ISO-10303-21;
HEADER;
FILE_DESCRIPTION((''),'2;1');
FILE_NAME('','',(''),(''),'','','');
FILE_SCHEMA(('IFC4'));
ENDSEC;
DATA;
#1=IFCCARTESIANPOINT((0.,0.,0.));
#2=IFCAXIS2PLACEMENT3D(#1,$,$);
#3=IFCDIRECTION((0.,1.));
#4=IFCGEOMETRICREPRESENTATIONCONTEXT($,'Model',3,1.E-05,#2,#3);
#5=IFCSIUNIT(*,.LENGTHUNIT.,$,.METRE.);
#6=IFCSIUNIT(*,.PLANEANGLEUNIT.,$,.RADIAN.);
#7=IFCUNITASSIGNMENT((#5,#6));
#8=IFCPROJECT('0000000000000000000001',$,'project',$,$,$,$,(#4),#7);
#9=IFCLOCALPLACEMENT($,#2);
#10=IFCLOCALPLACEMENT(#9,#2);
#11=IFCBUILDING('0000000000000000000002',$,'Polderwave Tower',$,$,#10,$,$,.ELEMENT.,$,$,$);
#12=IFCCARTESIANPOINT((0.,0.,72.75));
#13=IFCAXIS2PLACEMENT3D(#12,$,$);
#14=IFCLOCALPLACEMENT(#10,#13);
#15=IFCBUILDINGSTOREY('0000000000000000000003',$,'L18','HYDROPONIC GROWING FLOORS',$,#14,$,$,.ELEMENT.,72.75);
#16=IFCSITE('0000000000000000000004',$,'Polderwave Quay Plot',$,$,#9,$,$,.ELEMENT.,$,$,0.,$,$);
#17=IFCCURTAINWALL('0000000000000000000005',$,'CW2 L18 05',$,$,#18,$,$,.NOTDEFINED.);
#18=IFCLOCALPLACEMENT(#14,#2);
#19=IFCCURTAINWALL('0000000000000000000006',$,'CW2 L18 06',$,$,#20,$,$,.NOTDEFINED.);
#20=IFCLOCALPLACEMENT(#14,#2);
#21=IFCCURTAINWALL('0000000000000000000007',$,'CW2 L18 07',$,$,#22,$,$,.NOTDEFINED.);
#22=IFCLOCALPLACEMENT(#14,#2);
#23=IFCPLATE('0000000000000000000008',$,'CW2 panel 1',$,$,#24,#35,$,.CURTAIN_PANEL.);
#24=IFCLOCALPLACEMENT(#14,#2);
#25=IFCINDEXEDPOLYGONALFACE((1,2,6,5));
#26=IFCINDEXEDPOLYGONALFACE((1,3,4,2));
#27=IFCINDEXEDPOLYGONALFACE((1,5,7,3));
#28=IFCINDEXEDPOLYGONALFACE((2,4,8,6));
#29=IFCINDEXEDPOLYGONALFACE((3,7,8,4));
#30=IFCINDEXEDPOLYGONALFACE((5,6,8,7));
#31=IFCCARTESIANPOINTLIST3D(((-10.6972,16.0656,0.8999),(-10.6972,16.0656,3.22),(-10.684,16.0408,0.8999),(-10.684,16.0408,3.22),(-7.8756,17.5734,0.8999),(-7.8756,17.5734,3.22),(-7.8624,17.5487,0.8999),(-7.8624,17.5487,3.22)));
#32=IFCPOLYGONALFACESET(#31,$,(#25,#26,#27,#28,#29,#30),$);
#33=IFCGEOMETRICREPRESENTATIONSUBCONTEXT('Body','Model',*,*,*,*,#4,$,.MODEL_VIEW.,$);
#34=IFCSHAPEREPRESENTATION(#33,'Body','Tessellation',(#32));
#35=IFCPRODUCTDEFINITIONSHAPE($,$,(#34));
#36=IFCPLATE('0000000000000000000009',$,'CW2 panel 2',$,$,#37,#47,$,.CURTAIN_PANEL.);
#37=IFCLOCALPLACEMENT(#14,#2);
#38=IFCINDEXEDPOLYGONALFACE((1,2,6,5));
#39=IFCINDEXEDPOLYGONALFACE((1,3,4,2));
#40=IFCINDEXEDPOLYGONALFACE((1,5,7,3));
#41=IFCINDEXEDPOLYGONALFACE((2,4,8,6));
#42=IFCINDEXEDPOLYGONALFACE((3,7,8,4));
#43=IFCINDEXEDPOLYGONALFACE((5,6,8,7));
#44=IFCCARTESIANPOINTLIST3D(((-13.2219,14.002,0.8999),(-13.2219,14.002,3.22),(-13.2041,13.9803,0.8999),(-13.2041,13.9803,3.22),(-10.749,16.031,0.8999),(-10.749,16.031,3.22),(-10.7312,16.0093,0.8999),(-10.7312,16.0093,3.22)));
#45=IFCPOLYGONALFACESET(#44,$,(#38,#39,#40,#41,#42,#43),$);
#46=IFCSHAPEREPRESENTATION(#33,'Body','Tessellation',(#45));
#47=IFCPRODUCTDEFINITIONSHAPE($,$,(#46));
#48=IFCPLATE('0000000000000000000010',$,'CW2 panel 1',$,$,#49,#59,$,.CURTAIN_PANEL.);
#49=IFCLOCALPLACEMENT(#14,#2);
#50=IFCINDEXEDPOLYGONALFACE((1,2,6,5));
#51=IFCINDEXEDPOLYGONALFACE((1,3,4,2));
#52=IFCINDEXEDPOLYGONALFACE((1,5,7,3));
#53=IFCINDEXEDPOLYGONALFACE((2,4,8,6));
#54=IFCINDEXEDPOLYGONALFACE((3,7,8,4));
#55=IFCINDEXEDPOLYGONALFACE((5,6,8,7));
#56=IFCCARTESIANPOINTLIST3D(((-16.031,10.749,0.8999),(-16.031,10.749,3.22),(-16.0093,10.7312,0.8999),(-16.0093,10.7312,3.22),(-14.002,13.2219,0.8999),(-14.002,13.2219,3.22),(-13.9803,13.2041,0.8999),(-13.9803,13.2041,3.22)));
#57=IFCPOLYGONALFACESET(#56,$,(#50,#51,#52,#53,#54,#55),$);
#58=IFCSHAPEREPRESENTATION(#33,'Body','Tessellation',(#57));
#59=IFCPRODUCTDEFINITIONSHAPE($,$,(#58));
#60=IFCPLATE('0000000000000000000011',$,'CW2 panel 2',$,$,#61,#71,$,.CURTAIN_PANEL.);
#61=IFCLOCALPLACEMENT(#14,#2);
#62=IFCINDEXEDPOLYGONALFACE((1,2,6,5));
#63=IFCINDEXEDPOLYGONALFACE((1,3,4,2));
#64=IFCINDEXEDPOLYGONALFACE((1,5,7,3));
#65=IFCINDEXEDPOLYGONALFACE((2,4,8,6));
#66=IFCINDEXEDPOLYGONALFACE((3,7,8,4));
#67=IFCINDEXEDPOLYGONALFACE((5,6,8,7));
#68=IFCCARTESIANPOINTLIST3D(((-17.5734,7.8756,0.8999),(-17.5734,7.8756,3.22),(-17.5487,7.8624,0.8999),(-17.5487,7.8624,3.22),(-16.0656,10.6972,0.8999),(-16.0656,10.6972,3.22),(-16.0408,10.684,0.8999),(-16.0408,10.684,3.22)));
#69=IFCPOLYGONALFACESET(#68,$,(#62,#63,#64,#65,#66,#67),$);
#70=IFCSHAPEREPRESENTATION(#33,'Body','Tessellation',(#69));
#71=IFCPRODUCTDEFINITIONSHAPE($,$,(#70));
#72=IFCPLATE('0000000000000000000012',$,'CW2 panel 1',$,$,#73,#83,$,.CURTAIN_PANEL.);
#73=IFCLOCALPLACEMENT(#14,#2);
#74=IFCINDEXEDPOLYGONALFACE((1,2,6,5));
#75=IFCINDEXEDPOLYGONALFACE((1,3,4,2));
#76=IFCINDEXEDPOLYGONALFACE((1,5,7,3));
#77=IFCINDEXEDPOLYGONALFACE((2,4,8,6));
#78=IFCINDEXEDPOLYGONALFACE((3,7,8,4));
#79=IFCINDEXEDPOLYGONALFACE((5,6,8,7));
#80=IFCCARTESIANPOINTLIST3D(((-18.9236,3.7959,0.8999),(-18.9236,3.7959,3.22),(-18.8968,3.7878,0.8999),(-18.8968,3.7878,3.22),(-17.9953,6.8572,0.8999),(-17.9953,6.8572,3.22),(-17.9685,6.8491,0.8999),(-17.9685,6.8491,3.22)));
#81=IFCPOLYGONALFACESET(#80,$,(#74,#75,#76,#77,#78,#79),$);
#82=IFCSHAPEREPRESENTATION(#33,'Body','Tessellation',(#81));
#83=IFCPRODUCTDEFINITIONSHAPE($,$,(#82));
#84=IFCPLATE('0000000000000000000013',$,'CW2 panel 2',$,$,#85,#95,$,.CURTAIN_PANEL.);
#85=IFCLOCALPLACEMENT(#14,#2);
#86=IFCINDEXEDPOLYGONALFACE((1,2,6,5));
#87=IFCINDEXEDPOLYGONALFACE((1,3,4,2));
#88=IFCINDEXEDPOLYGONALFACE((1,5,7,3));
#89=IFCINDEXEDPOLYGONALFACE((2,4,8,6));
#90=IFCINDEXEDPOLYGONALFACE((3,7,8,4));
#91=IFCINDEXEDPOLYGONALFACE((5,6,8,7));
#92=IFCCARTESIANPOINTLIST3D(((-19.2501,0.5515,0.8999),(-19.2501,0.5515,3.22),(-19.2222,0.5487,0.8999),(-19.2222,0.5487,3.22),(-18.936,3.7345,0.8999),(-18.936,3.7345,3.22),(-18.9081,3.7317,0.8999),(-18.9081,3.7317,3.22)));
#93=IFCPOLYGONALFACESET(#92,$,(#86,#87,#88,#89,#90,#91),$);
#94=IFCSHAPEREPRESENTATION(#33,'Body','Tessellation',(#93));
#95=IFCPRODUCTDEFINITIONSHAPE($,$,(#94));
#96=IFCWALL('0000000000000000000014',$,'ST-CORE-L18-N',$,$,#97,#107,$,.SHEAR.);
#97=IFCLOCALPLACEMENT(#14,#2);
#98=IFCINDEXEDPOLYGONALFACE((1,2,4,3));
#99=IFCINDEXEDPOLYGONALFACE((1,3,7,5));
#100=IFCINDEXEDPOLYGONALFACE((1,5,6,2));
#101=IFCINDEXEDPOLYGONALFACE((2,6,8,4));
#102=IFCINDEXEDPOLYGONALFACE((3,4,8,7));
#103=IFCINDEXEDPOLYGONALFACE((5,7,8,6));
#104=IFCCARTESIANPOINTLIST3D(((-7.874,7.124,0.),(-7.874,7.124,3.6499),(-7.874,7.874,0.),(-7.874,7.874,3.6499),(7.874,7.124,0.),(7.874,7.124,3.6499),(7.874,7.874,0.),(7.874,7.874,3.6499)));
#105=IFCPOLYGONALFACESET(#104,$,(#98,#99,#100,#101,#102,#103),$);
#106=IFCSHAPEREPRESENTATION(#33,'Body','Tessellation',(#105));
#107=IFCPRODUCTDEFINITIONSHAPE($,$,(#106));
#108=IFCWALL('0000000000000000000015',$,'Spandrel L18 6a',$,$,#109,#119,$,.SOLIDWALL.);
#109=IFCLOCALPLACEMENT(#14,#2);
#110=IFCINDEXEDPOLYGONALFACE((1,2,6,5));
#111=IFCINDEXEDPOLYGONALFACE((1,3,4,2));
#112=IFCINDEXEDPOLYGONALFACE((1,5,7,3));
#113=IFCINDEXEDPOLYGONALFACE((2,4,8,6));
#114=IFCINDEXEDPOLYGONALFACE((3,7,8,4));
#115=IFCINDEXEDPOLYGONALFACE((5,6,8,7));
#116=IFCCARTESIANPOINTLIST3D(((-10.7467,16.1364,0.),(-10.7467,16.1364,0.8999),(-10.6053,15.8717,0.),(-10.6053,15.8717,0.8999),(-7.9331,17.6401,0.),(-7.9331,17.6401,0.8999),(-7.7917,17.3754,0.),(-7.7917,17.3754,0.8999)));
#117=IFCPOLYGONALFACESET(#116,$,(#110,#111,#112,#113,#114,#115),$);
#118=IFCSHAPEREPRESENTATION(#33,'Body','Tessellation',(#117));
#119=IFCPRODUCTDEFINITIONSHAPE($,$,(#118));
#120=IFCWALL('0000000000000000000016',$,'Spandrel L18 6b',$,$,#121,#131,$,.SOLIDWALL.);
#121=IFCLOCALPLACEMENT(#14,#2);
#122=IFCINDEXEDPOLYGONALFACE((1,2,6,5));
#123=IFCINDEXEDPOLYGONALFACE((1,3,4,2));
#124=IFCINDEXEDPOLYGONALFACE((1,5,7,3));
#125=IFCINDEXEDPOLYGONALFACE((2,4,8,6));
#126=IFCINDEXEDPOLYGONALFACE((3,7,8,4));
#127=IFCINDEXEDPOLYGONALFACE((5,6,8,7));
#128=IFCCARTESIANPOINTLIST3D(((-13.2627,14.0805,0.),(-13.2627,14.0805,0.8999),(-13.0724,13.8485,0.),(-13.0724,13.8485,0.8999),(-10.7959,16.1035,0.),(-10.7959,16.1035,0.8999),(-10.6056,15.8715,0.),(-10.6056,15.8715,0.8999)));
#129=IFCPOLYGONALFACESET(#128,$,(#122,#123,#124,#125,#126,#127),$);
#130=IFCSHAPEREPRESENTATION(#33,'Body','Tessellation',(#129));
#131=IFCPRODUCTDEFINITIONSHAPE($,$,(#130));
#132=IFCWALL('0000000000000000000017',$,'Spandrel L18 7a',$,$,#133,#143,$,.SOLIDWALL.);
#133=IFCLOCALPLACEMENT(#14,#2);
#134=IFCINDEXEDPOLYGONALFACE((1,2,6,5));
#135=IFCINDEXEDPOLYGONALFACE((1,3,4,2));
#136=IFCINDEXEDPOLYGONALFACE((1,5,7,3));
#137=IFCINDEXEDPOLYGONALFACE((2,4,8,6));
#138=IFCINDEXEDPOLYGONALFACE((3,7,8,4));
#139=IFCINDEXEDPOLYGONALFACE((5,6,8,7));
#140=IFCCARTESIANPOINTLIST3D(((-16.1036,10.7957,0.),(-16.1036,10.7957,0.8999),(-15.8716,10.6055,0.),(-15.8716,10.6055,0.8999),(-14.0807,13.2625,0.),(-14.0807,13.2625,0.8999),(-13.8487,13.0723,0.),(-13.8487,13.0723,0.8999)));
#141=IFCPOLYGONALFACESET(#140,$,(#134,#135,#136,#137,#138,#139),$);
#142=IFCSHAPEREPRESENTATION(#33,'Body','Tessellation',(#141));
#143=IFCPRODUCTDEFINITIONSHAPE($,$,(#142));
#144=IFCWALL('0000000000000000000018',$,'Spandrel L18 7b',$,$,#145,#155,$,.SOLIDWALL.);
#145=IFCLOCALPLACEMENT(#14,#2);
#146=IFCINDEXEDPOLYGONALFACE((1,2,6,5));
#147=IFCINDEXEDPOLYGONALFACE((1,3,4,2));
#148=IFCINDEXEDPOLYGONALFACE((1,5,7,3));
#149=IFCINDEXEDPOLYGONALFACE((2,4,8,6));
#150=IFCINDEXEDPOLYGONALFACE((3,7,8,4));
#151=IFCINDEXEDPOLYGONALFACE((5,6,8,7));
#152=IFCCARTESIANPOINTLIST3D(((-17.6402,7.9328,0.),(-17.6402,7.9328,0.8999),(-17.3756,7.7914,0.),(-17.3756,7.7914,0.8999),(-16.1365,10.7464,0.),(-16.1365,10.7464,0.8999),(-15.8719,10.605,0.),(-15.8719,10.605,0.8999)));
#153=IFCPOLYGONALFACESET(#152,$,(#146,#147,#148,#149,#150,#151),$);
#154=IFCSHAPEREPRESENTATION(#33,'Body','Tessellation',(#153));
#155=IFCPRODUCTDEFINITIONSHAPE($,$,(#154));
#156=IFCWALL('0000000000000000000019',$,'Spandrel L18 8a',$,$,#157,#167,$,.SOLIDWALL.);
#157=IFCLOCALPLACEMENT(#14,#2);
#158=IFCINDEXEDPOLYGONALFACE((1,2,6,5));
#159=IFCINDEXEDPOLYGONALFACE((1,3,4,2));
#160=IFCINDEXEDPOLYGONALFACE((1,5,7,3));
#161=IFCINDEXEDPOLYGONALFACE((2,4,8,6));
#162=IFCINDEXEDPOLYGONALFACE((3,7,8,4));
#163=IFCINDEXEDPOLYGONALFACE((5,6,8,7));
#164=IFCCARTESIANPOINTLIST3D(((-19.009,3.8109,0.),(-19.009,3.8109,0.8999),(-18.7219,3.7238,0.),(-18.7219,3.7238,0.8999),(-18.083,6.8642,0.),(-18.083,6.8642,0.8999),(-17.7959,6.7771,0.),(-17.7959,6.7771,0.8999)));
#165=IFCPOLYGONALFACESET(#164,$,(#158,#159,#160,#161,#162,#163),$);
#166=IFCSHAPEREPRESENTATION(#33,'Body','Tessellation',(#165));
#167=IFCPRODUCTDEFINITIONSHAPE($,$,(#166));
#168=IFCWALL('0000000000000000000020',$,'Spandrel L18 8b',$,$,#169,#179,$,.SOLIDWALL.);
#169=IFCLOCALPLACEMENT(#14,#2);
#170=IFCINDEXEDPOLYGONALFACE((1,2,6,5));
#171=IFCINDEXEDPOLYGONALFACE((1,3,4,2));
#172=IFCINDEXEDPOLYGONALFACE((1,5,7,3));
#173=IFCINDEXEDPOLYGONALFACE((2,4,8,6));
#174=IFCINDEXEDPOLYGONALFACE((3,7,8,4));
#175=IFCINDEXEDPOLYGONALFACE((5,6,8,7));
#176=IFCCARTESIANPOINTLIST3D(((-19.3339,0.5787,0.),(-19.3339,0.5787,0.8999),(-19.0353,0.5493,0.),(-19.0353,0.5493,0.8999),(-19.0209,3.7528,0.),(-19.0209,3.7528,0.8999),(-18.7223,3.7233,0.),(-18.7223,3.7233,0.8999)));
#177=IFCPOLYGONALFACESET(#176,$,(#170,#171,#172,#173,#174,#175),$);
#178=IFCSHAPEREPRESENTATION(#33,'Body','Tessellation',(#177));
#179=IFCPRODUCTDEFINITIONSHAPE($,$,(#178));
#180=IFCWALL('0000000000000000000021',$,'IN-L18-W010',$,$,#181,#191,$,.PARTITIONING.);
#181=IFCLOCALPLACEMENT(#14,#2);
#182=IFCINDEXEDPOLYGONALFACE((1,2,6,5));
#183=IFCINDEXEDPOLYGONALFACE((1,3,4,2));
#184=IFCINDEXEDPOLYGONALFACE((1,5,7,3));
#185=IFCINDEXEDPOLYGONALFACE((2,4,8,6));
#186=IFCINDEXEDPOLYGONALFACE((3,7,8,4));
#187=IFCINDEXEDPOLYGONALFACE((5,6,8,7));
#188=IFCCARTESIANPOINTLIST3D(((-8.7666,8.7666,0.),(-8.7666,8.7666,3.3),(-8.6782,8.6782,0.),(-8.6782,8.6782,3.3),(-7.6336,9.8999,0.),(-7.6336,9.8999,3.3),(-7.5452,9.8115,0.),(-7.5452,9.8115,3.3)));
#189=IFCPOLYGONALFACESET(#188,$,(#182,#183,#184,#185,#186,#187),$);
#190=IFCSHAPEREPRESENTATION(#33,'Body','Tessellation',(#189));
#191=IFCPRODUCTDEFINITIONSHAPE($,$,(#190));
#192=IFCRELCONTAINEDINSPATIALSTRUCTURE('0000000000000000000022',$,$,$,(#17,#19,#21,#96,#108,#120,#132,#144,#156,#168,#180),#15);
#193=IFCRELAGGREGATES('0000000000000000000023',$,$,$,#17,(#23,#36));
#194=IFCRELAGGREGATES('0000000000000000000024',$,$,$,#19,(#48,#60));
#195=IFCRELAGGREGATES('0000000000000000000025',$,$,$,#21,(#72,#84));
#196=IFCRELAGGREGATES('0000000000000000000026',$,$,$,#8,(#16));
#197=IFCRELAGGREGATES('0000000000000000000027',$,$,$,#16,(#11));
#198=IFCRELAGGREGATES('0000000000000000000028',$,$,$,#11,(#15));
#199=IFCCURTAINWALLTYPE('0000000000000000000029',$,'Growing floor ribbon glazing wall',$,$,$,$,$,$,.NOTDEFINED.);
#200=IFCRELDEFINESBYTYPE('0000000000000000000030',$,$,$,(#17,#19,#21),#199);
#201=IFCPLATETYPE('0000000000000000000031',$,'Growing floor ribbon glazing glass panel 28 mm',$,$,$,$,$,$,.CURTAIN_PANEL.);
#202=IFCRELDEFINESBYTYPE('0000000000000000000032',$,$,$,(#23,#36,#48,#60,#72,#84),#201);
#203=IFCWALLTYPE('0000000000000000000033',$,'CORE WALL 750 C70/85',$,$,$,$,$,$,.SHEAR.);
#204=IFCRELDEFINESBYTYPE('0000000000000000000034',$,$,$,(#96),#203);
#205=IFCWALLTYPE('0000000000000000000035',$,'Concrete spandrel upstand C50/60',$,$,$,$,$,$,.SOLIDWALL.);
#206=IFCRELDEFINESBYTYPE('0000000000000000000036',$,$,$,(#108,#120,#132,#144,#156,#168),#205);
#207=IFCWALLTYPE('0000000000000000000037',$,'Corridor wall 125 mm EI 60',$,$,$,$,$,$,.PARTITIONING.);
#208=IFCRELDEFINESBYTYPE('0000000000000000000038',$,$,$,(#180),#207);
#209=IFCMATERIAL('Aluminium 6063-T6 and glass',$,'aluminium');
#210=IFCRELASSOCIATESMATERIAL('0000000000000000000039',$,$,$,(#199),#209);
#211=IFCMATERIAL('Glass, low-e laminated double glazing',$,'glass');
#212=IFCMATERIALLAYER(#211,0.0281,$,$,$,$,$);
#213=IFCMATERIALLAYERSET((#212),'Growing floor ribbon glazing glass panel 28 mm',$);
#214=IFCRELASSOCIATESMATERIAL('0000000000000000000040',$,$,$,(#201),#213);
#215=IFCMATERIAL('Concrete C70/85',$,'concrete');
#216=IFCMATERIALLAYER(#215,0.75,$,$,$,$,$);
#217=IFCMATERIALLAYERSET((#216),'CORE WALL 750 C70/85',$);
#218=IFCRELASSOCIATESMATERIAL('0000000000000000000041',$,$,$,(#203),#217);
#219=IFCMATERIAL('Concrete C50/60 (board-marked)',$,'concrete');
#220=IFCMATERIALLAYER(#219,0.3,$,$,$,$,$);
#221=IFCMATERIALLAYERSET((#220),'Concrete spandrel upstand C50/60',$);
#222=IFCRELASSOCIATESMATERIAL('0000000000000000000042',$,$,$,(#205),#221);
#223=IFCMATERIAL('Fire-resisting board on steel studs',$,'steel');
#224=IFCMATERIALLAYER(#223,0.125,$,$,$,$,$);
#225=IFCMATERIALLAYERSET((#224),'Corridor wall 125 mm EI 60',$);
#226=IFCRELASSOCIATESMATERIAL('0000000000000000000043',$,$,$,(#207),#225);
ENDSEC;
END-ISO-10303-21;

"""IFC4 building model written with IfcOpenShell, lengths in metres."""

from ifc_helpers import new_model, si_unit, direction, frame, frame_2d, origin, origin_2d, place, context, subcontext, project, spatial, rectangle, extrude, material, layer, layer_set, type_object, element, aggregate, save


model = new_model("IFC4")

# Units and contexts
model_context = context("Model", 3, precision=1e-05, world=origin(), true_north=direction((0.0, 1.0)))
body_context = subcontext(model_context, "Body", "Model", "MODEL_VIEW")
ifc_project = project(units=[si_unit("LENGTHUNIT", "METRE"), si_unit("PLANEANGLEUNIT", "RADIAN")], contexts=[model_context])

# Site, building, storey
site_placement = place(None, origin())
site = spatial("IfcSite", under=ifc_project, at=site_placement, Name="Polderwave Quay Plot", CompositionType="ELEMENT", RefElevation=0.0)
building_placement = place(site_placement, origin())
building = spatial("IfcBuilding", under=site, at=building_placement, Name="Polderwave Tower", CompositionType="ELEMENT")
storey_placement = place(building_placement, frame((0.0, 0.0, 72.75)))
storey = spatial("IfcBuildingStorey", under=building, at=storey_placement, Name="L18", Description="HYDROPONIC GROWING FLOORS", CompositionType="ELEMENT", Elevation=72.75)

# Shared definitions
ifc_material_1 = material(Name="Concrete C70/85", Category="concrete")

# Curtain walls
ifc_material_2 = material(Name="Aluminium 6063-T6 and glass", Category="aluminium")
curtain_wall_type = type_object("IfcCurtainWallType", Name="Growing floor ribbon glazing wall", PredefinedType="NOTDEFINED", material=ifc_material_2)
curtain_wall_1_placement = place(storey_placement, origin())
curtain_wall_1 = element("IfcCurtainWall", 1, at=curtain_wall_1_placement, inside=storey, type_object=curtain_wall_type, Name="CW2 L18 05", PredefinedType="NOTDEFINED")
curtain_wall_2_placement = place(storey_placement, origin())
curtain_wall_2 = element("IfcCurtainWall", 2, at=curtain_wall_2_placement, inside=storey, type_object=curtain_wall_type, Name="CW2 L18 06", PredefinedType="NOTDEFINED")
curtain_wall_3_placement = place(storey_placement, origin())
curtain_wall_3 = element("IfcCurtainWall", 3, at=curtain_wall_3_placement, inside=storey, type_object=curtain_wall_type, Name="CW2 L18 07", PredefinedType="NOTDEFINED")

# Plates
ifc_material_3 = material(Name="Glass, low-e laminated double glazing", Category="glass")
ifc_layer_1 = layer(ifc_material_3, 0.0281)
ifc_layer_set_1 = layer_set([ifc_layer_1], Name="Growing floor ribbon glazing glass panel 28 mm")
plate_type = type_object("IfcPlateType", Name="Growing floor ribbon glazing glass panel 28 mm", PredefinedType="CURTAIN_PANEL", material=ifc_layer_set_1)
plate_1_placement = place(storey_placement, frame((-9.2798, 16.8071, 0.8999), z_axis=(0.0, 0.0, 1.0), x_axis=(-0.881958, -0.471327, 0.0)))
plate_1 = element("IfcPlate", 4, at=plate_1_placement, type_object=plate_type, Name="CW2 panel 1", PredefinedType="CURTAIN_PANEL", context=body_context, shape_type="SweptSolid", body=[
    extrude(rectangle(XDim=3.1992, YDim=0.0281, at=origin_2d()), origin(), (0.0, 0.0, 1.0), 2.3201),
])
plate_2_placement = place(storey_placement, frame((-11.9766, 15.0056, 0.8999), z_axis=(0.0, 0.0, 1.0), x_axis=(-0.773074, -0.634316, 0.0)))
plate_2 = element("IfcPlate", 5, at=plate_2_placement, type_object=plate_type, Name="CW2 panel 2", PredefinedType="CURTAIN_PANEL", context=body_context, shape_type="SweptSolid", body=[
    extrude(rectangle(XDim=3.1987, YDim=0.0281, at=origin_2d()), origin(), (0.0, 0.0, 1.0), 2.3201),
])
aggregate(curtain_wall_1, [plate_1, plate_2])
plate_3_placement = place(storey_placement, frame((-15.0056, 11.9766, 0.8999), z_axis=(0.0, 0.0, 1.0), x_axis=(-0.634316, -0.773074, 0.0)))
plate_3 = element("IfcPlate", 6, at=plate_3_placement, type_object=plate_type, Name="CW2 panel 1", PredefinedType="CURTAIN_PANEL", context=body_context, shape_type="SweptSolid", body=[
    extrude(rectangle(XDim=3.1987, YDim=0.0281, at=origin_2d()), origin(), (0.0, 0.0, 1.0), 2.3201),
])
plate_4_placement = place(storey_placement, frame((-16.8071, 9.2798, 0.8999), z_axis=(0.0, 0.0, 1.0), x_axis=(-0.471327, -0.881958, 0.0)))
plate_4 = element("IfcPlate", 7, at=plate_4_placement, type_object=plate_type, Name="CW2 panel 2", PredefinedType="CURTAIN_PANEL", context=body_context, shape_type="SweptSolid", body=[
    extrude(rectangle(XDim=3.1992, YDim=0.0281, at=origin_2d()), origin(), (0.0, 0.0, 1.0), 2.3201),
])
aggregate(curtain_wall_2, [plate_3, plate_4])
plate_5_placement = place(storey_placement, frame((-18.446, 5.3225, 0.8999), z_axis=(0.0, 0.0, 1.0), x_axis=(-0.290188, -0.95697, 0.0)))
plate_5 = element("IfcPlate", 8, at=plate_5_placement, type_object=plate_type, Name="CW2 panel 1", PredefinedType="CURTAIN_PANEL", context=body_context, shape_type="SweptSolid", body=[
    extrude(rectangle(XDim=3.199, YDim=0.0281, at=origin_2d()), origin(), (0.0, 0.0, 1.0), 2.3201),
])
plate_6_placement = place(storey_placement, frame((-19.0791, 2.1416, 0.8999), z_axis=(0.0, 0.0, 1.0), x_axis=(-0.098186, -0.995168, 0.0)))
plate_6 = element("IfcPlate", 9, at=plate_6_placement, type_object=plate_type, Name="CW2 panel 2", PredefinedType="CURTAIN_PANEL", context=body_context, shape_type="SweptSolid", body=[
    extrude(rectangle(XDim=3.1985, YDim=0.0281, at=origin_2d()), origin(), (0.0, 0.0, 1.0), 2.3201),
])
aggregate(curtain_wall_3, [plate_5, plate_6])

# Walls
ifc_layer_2 = layer(ifc_material_1, 0.75)
ifc_layer_set_2 = layer_set([ifc_layer_2], Name="CORE WALL 750 C70/85")
wall_type_1 = type_object("IfcWallType", Name="CORE WALL 750 C70/85", PredefinedType="SHEAR", material=ifc_layer_set_2)
wall_1_placement = place(storey_placement, frame((-7.874, 7.499, 0.0), z_axis=(0.0, 0.0, 1.0), x_axis=(1.0, 0.0, 0.0)))
element("IfcWall", 10, at=wall_1_placement, inside=storey, type_object=wall_type_1, Name="ST-CORE-L18-N", PredefinedType="SHEAR", context=body_context, shape_type="SweptSolid", body=[
    extrude(rectangle(XDim=15.748, YDim=0.75, at=frame_2d((7.874, 0.0))), origin(), (0.0, 0.0, 1.0), 3.6499),
])
ifc_material_4 = material(Name="Concrete C50/60 (board-marked)", Category="concrete")
ifc_layer_3 = layer(ifc_material_4, 0.3)
ifc_layer_set_3 = layer_set([ifc_layer_3], Name="Concrete spandrel upstand C50/60")
wall_type_2 = type_object("IfcWallType", Name="Concrete spandrel upstand C50/60", PredefinedType="SOLIDWALL", material=ifc_layer_set_3)
for number, where, z_axis, x_axis, name in (
    (11, (-7.8623, 17.5078, 0.0), (0.0, 0.0, 1.0), (-0.881944, -0.471355, 0.0), "Spandrel L18 6a"),
    (12, (-10.7007, 15.9875, 0.0), (0.0, 0.0, 1.0), (-0.773241, -0.634113, 0.0), "Spandrel L18 6b"),
    (13, (-13.9646, 13.1675, 0.0), (0.0, 0.0, 1.0), (-0.634113, -0.773241, 0.0), "Spandrel L18 7a"),
    (14, (-16.0042, 10.6758, 0.0), (0.0, 0.0, 1.0), (-0.471355, -0.881944, 0.0), "Spandrel L18 7b"),
):
    element("IfcWall", number, at=place(storey_placement, frame(where, z_axis=z_axis, x_axis=x_axis)), inside=storey, type_object=wall_type_2, Name=name, PredefinedType="SOLIDWALL", context=body_context, shape_type="SweptSolid", body=[
        extrude(rectangle(XDim=3.1902, YDim=0.3, at=frame_2d((1.5952, 0.0))), origin(), (0.0, 0.0, 1.0), 0.8999),
    ])
wall_2_placement = place(storey_placement, frame((-17.9395, 6.8206, 0.0), z_axis=(0.0, 0.0, 1.0), x_axis=(-0.290239, -0.956954, 0.0)))
element("IfcWall", 15, at=wall_2_placement, inside=storey, type_object=wall_type_2, Name="Spandrel L18 8a", PredefinedType="SOLIDWALL", context=body_context, shape_type="SweptSolid", body=[
    extrude(rectangle(XDim=3.1907, YDim=0.3, at=frame_2d((1.5952, 0.0))), origin(), (0.0, 0.0, 1.0), 0.8999),
])
wall_3_placement = place(storey_placement, frame((-18.8716, 3.738, 0.0), z_axis=(0.0, 0.0, 1.0), x_axis=(-0.098132, -0.995173, 0.0)))
element("IfcWall", 16, at=wall_3_placement, inside=storey, type_object=wall_type_2, Name="Spandrel L18 8b", PredefinedType="SOLIDWALL", context=body_context, shape_type="SweptSolid", body=[
    extrude(rectangle(XDim=3.1895, YDim=0.3, at=frame_2d((1.5947, 0.0))), origin(), (0.0, 0.0, 1.0), 0.8999),
])
ifc_material_5 = material(Name="Fire-resisting board on steel studs", Category="steel")
ifc_layer_4 = layer(ifc_material_5, 0.125)
ifc_layer_set_4 = layer_set([ifc_layer_4], Name="Corridor wall 125 mm EI 60")
wall_type_3 = type_object("IfcWallType", Name="Corridor wall 125 mm EI 60", PredefinedType="PARTITIONING", material=ifc_layer_set_4)
wall_4_placement = place(storey_placement, frame((-8.7224, 8.7224, 0.0), z_axis=(0.0, 0.0, 1.0), x_axis=(0.707031, 0.707183, 0.0)))
element("IfcWall", 17, at=wall_4_placement, inside=storey, type_object=wall_type_3, Name="IN-L18-W010", PredefinedType="PARTITIONING", context=body_context, shape_type="SweptSolid", body=[
    extrude(rectangle(XDim=1.6025, YDim=0.125, at=frame_2d((0.8013, 0.0))), origin(), (0.0, 0.0, 1.0), 3.3),
])

save(model, "model.ifc")
